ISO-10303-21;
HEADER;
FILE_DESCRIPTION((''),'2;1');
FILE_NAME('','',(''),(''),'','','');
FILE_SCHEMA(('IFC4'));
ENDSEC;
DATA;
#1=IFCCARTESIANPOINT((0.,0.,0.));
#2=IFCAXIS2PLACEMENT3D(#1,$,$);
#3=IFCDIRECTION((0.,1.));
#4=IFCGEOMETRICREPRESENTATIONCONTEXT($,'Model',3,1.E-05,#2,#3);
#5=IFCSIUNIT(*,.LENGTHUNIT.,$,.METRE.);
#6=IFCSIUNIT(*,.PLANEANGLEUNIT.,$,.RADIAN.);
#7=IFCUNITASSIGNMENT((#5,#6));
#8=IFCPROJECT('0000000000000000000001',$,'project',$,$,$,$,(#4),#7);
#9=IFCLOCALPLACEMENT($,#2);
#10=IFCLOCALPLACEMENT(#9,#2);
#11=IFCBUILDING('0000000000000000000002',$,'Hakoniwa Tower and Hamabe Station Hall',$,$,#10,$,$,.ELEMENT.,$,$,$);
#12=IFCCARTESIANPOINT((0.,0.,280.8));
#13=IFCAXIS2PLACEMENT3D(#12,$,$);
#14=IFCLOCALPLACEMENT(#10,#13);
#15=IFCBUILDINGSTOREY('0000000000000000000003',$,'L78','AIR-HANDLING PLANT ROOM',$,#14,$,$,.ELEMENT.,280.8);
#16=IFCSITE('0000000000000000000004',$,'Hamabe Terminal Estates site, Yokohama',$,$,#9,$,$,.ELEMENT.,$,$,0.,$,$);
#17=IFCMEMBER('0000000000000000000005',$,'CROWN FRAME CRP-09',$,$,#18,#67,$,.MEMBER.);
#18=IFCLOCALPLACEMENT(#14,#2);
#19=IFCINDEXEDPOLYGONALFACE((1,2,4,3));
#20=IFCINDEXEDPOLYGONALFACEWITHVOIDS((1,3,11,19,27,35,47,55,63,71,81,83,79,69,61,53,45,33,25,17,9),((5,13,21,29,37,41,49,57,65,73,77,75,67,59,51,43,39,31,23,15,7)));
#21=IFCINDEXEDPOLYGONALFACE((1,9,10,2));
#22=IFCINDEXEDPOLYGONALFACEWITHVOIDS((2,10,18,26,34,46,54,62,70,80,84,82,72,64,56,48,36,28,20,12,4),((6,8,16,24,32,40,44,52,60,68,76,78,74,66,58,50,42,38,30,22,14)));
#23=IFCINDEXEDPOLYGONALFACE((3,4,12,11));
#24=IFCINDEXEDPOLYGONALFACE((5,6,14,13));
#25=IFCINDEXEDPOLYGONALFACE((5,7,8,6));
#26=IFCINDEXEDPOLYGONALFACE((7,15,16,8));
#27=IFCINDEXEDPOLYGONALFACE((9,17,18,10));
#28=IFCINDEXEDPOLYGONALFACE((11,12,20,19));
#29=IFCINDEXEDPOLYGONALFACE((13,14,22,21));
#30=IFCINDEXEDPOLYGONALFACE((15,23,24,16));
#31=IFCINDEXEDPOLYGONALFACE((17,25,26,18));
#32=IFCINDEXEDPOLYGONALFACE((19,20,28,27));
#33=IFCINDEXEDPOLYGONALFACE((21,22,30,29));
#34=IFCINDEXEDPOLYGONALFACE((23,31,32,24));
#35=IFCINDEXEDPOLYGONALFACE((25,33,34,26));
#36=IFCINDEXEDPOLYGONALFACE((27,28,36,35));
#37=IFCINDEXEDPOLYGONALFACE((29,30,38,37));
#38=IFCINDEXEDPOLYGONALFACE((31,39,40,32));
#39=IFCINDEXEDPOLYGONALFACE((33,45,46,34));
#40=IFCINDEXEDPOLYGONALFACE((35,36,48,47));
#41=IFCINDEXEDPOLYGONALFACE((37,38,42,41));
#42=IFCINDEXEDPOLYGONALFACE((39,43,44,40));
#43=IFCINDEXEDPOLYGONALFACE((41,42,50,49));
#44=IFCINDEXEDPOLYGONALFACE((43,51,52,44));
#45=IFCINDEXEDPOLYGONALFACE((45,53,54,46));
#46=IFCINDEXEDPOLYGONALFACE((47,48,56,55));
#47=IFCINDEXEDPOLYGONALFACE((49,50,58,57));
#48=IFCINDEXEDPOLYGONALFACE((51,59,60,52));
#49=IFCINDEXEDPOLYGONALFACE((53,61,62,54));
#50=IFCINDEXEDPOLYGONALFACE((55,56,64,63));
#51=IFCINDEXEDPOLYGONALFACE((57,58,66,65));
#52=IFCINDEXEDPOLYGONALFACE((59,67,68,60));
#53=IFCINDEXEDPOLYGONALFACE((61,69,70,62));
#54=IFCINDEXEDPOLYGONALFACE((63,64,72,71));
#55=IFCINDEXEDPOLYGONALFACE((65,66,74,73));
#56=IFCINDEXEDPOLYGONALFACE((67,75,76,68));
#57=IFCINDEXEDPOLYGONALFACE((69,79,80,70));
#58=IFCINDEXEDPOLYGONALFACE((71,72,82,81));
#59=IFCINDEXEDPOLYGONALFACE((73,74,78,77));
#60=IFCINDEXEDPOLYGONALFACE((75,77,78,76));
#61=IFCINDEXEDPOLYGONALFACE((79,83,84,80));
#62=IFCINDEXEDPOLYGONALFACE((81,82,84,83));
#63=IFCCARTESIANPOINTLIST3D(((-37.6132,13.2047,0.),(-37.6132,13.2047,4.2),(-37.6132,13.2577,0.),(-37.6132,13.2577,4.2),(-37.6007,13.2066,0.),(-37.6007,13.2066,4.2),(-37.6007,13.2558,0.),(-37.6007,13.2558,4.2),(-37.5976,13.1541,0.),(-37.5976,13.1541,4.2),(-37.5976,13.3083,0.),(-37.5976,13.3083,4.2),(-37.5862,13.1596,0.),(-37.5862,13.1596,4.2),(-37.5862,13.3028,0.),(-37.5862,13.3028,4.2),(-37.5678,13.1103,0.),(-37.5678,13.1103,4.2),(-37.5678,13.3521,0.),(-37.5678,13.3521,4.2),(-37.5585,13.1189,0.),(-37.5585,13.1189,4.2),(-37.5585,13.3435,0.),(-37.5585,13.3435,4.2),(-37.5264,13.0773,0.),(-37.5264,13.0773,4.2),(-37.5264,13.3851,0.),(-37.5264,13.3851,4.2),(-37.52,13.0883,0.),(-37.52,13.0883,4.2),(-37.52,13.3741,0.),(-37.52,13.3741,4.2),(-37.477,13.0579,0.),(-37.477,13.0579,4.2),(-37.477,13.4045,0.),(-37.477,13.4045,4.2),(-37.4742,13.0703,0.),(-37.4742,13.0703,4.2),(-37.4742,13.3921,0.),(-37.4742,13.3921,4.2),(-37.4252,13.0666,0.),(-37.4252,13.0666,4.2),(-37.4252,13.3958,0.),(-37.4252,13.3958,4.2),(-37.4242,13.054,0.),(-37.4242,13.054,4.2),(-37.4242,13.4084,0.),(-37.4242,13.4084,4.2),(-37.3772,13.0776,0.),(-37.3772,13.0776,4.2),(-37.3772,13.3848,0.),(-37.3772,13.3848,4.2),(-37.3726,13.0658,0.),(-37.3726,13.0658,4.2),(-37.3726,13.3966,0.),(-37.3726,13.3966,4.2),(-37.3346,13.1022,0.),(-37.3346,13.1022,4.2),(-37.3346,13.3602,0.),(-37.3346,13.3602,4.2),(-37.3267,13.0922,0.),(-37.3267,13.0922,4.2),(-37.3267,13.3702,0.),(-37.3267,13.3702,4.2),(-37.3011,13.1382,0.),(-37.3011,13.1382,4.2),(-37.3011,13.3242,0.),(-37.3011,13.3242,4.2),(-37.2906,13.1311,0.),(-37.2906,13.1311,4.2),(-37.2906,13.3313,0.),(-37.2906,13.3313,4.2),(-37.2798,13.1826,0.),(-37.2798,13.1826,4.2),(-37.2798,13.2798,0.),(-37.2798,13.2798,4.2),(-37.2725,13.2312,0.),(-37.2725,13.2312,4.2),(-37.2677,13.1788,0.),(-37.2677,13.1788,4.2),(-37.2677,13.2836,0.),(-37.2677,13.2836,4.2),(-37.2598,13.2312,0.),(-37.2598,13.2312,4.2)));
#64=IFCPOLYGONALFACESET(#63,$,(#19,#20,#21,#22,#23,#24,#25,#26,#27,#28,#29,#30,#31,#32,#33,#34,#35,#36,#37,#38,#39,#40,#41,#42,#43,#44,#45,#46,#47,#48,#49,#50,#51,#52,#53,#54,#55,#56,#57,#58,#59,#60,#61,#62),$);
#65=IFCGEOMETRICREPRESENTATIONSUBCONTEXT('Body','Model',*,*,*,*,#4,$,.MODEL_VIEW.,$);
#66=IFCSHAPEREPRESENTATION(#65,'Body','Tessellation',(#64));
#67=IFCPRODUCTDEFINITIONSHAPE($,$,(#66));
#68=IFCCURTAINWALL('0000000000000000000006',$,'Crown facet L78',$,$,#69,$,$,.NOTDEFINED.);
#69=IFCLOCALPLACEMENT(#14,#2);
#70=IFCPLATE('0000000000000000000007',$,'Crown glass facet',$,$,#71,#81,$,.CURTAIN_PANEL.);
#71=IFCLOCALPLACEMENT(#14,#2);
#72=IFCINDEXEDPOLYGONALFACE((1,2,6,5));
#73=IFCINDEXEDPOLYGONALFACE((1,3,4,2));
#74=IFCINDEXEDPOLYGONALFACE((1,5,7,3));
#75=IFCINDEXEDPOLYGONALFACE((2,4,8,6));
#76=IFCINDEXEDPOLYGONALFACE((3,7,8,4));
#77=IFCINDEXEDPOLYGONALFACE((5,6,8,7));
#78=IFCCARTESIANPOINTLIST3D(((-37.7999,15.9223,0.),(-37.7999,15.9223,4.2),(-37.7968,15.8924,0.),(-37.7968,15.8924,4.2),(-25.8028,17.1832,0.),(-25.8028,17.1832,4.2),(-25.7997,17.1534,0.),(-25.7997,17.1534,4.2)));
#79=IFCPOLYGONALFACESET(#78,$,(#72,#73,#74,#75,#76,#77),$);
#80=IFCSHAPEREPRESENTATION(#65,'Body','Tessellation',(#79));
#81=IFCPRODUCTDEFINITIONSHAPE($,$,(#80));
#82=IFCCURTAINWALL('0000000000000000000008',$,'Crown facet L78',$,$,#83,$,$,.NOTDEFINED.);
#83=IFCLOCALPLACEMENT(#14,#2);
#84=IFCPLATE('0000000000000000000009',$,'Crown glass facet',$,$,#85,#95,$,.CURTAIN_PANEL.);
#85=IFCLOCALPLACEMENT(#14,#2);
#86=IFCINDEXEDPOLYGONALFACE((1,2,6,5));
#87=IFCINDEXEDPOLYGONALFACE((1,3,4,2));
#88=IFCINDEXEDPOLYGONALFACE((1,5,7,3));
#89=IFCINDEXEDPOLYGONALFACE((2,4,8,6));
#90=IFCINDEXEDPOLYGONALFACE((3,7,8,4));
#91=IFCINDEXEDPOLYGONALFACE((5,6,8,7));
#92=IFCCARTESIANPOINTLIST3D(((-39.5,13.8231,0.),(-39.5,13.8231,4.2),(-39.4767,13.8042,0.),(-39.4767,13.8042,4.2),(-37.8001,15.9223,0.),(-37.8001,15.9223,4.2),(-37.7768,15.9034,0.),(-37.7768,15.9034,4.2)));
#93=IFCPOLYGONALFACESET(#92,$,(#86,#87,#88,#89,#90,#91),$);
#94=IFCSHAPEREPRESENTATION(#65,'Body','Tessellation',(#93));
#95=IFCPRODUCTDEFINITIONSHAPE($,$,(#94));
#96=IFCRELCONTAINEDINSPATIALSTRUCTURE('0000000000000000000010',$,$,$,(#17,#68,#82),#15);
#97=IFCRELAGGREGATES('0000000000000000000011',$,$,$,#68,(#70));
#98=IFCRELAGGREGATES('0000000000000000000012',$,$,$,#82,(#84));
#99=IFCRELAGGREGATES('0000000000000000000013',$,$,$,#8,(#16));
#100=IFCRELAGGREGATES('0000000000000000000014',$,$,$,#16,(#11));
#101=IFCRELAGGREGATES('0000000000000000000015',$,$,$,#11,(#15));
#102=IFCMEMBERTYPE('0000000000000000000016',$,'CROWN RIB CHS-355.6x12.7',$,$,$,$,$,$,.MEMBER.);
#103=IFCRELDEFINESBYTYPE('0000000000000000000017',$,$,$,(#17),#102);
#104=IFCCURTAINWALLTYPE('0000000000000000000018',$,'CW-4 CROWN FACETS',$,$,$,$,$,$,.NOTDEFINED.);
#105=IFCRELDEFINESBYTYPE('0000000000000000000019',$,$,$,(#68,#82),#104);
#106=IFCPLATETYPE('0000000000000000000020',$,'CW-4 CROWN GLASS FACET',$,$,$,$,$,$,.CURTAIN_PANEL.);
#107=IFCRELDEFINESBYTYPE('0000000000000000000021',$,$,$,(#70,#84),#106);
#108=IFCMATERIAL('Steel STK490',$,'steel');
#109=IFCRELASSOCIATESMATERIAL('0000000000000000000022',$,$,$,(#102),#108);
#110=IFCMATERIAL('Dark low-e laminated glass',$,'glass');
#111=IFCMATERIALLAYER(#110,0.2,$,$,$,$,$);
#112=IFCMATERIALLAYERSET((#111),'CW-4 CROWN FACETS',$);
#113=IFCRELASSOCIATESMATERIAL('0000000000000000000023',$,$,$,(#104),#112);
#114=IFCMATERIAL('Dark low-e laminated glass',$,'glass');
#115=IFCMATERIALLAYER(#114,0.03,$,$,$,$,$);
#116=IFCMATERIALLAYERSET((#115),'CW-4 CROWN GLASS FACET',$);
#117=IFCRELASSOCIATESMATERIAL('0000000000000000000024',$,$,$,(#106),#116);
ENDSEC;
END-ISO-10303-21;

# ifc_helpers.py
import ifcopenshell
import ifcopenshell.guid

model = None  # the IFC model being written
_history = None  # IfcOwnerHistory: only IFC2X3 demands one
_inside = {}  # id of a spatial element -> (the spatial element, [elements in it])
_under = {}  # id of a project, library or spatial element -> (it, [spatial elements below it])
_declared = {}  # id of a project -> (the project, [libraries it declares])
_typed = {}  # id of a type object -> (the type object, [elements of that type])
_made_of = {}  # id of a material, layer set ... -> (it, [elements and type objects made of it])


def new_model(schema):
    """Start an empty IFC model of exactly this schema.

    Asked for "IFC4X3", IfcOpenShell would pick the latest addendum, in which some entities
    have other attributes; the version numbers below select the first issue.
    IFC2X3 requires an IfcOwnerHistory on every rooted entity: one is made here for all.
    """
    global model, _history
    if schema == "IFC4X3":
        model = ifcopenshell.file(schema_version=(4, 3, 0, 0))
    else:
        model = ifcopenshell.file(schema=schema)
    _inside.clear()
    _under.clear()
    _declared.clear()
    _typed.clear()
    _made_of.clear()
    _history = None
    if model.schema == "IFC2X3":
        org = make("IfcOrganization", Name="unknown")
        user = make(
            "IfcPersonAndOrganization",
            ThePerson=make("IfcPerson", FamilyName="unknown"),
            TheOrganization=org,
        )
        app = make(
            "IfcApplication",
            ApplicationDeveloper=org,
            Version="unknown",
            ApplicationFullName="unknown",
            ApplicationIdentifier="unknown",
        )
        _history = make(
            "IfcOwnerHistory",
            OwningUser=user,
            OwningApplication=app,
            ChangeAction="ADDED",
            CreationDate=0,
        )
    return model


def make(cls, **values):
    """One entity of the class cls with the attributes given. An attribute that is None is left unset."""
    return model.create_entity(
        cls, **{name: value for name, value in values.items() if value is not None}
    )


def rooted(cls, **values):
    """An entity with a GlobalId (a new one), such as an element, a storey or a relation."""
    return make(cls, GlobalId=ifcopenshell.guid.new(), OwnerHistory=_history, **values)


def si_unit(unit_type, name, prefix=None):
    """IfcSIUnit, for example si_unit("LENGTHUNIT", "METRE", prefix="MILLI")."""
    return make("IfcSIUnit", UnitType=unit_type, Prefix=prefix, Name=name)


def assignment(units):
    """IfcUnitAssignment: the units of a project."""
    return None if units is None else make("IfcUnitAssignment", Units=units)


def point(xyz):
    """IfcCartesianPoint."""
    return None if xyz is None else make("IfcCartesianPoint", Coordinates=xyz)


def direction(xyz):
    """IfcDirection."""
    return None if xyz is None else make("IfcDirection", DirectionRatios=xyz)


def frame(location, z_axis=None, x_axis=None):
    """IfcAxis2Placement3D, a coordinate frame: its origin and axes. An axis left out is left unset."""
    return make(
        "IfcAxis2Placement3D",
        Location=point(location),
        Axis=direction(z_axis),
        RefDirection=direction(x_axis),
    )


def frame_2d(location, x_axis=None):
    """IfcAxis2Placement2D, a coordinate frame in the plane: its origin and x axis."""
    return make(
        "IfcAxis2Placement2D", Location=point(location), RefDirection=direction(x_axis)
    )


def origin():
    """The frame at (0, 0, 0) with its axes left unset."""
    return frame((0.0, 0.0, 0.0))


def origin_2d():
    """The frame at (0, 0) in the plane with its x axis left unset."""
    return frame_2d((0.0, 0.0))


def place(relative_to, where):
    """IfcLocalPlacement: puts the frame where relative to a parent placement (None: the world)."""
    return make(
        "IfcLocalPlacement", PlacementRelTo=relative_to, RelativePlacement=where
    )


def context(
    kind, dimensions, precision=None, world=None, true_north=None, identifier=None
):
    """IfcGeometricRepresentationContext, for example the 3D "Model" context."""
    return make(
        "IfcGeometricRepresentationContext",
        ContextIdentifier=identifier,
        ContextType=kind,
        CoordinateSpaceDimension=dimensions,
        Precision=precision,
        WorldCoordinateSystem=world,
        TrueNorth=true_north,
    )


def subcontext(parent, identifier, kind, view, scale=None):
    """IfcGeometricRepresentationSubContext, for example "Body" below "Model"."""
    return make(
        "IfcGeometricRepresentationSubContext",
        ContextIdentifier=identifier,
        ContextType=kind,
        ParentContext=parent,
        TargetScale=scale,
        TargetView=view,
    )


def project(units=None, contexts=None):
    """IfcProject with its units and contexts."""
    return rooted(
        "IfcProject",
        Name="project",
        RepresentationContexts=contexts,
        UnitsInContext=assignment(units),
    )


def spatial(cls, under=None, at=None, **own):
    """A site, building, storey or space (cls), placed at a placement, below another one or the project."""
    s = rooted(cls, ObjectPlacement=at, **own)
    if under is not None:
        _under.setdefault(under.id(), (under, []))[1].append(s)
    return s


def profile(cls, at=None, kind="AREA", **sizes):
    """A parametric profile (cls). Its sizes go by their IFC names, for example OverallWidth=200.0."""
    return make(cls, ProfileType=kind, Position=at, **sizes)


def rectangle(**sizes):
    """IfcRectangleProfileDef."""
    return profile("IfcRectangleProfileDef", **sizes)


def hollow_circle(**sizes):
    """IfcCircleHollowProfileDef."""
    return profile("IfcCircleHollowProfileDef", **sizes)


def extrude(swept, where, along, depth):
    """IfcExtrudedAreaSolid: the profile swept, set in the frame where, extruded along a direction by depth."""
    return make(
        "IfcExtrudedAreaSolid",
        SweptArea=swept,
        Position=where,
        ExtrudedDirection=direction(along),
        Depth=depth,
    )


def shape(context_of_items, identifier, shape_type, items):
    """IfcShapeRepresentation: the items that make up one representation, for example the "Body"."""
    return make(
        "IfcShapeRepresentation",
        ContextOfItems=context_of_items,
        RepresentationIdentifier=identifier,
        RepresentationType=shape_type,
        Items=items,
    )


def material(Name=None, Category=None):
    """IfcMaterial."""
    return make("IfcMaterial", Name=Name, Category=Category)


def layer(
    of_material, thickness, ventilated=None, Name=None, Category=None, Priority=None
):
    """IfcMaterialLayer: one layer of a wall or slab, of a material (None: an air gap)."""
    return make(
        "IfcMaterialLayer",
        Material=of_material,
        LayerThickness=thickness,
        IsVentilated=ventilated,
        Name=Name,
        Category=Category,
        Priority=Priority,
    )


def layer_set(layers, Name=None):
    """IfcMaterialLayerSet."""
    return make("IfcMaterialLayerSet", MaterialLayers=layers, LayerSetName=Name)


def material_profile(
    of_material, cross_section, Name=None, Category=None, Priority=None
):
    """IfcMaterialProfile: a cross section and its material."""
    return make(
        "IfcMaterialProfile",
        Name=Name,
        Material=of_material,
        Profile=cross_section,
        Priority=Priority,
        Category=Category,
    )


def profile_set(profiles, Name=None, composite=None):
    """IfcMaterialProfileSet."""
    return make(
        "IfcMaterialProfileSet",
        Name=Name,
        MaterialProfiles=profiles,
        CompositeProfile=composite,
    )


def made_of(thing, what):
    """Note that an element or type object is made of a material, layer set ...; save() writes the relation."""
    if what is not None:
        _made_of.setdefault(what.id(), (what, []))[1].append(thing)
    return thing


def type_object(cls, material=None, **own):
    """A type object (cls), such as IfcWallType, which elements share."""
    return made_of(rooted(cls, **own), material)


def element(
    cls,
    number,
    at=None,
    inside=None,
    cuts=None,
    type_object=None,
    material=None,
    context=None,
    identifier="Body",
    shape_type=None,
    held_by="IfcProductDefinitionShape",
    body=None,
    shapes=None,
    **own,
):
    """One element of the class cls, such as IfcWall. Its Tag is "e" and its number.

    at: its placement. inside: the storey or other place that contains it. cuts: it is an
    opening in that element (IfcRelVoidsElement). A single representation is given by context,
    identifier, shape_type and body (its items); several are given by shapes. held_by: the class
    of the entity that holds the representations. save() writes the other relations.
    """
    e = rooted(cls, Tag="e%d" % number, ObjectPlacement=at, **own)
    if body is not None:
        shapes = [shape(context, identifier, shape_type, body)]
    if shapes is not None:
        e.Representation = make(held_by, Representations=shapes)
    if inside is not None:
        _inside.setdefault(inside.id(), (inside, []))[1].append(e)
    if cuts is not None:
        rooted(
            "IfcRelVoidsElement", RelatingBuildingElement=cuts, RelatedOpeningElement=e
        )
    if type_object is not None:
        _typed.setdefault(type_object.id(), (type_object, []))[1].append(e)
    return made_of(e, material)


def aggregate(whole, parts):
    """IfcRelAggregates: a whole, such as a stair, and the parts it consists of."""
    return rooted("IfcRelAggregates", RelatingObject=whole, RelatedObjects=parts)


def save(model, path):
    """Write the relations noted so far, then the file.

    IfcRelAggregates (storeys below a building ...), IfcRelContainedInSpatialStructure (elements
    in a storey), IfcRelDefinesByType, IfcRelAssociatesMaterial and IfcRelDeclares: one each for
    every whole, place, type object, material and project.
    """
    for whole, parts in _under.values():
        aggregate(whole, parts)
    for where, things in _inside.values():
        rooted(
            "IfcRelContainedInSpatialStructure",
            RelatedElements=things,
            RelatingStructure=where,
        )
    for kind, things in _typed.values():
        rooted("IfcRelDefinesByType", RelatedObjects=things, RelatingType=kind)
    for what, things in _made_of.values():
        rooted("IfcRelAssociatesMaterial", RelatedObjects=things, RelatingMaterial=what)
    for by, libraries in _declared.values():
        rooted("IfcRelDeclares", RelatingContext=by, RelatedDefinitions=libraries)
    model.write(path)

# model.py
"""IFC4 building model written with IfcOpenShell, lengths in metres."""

from ifc_helpers import new_model, si_unit, direction, frame, origin, origin_2d, place, context, subcontext, project, spatial, rectangle, hollow_circle, extrude, material, layer, layer_set, material_profile, profile_set, type_object, element, aggregate, save


model = new_model("IFC4")

# Units and contexts
model_context = context("Model", 3, precision=1e-05, world=origin(), true_north=direction((0.0, 1.0)))
body_context = subcontext(model_context, "Body", "Model", "MODEL_VIEW")
ifc_project = project(units=[si_unit("LENGTHUNIT", "METRE"), si_unit("PLANEANGLEUNIT", "RADIAN")], contexts=[model_context])

# Site, building, storey
site_placement = place(None, origin())
site = spatial("IfcSite", under=ifc_project, at=site_placement, Name="Hamabe Terminal Estates site, Yokohama", CompositionType="ELEMENT", RefElevation=0.0)
building_placement = place(site_placement, origin())
building = spatial("IfcBuilding", under=site, at=building_placement, Name="Hakoniwa Tower and Hamabe Station Hall", CompositionType="ELEMENT")
storey_placement = place(building_placement, frame((0.0, 0.0, 280.8)))
storey = spatial("IfcBuildingStorey", under=building, at=storey_placement, Name="L78", Description="AIR-HANDLING PLANT ROOM", CompositionType="ELEMENT", Elevation=280.8)

# Member
ifc_material_1 = material(Name="Steel STK490", Category="steel")
ifc_material_profile_1 = material_profile(ifc_material_1, hollow_circle(Radius=0.1777, WallThickness=0.0127, at=origin_2d()), Name="CHS-355.6x12.7")
ifc_profile_set_1 = profile_set([ifc_material_profile_1], Name="Steel STK490")
member_type = type_object("IfcMemberType", Name="CROWN RIB CHS-355.6x12.7", PredefinedType="MEMBER", material=ifc_profile_set_1)
for number, where, z_axis, x_axis, name in (
    (1, (-37.4375, 13.2312, 0.0), (0.0, 0.0, 1.0), (1.0, 0.0, 0.0), "CROWN FRAME CRP-09"),
):
    element("IfcMember", number, at=place(storey_placement, frame(where, z_axis=z_axis, x_axis=x_axis)), inside=storey, type_object=member_type, Name=name, PredefinedType="MEMBER", context=body_context, shape_type="SweptSolid", body=[
        extrude(hollow_circle(Radius=0.1777, WallThickness=0.0127, at=origin_2d()), origin(), (0.0, 0.0, 1.0), 4.2),
    ])

# Curtain walls, plates
ifc_material_2 = material(Name="Dark low-e laminated glass", Category="glass")
ifc_layer_1 = layer(ifc_material_2, 0.2)
ifc_layer_set_1 = layer_set([ifc_layer_1], Name="CW-4 CROWN FACETS")
curtain_wall_type = type_object("IfcCurtainWallType", Name="CW-4 CROWN FACETS", PredefinedType="NOTDEFINED", material=ifc_layer_set_1)
curtain_wall_1_placement = place(storey_placement, origin())
curtain_wall_1 = element("IfcCurtainWall", 2, at=curtain_wall_1_placement, inside=storey, type_object=curtain_wall_type, Name="Crown facet L78", PredefinedType="NOTDEFINED")
ifc_material_3 = material(Name="Dark low-e laminated glass", Category="glass")
ifc_layer_2 = layer(ifc_material_3, 0.03)
ifc_layer_set_2 = layer_set([ifc_layer_2], Name="CW-4 CROWN GLASS FACET")
plate_type = type_object("IfcPlateType", Name="CW-4 CROWN GLASS FACET", PredefinedType="CURTAIN_PANEL", material=ifc_layer_set_2)
plate_1_placement = place(storey_placement, frame((-31.7998, 16.5378, 0.0), z_axis=(0.0, 0.0, 1.0), x_axis=(-0.994522, -0.104528, 0.0)))
plate_1 = element("IfcPlate", 3, at=plate_1_placement, type_object=plate_type, Name="Crown glass facet", PredefinedType="CURTAIN_PANEL", context=body_context, shape_type="SweptSolid", body=[
    extrude(rectangle(XDim=12.0632, YDim=0.03, at=origin_2d()), origin(), (0.0, 0.0, 1.0), 4.2),
])
aggregate(curtain_wall_1, [plate_1])
curtain_wall_2_placement = place(storey_placement, origin())
curtain_wall_2 = element("IfcCurtainWall", 4, at=curtain_wall_2_placement, inside=storey, type_object=curtain_wall_type, Name="Crown facet L78", PredefinedType="NOTDEFINED")
plate_2_placement = place(storey_placement, frame((-38.6384, 14.8633, 0.0), z_axis=(0.0, 0.0, 1.0), x_axis=(-0.62932, -0.777146, 0.0)))
plate_2 = element("IfcPlate", 5, at=plate_2_placement, type_object=plate_type, Name="Crown glass facet", PredefinedType="CURTAIN_PANEL", context=body_context, shape_type="SweptSolid", body=[
    extrude(rectangle(XDim=2.7012, YDim=0.03, at=origin_2d()), origin(), (0.0, 0.0, 1.0), 4.2),
])
aggregate(curtain_wall_2, [plate_2])

save(model, "model.ifc")
